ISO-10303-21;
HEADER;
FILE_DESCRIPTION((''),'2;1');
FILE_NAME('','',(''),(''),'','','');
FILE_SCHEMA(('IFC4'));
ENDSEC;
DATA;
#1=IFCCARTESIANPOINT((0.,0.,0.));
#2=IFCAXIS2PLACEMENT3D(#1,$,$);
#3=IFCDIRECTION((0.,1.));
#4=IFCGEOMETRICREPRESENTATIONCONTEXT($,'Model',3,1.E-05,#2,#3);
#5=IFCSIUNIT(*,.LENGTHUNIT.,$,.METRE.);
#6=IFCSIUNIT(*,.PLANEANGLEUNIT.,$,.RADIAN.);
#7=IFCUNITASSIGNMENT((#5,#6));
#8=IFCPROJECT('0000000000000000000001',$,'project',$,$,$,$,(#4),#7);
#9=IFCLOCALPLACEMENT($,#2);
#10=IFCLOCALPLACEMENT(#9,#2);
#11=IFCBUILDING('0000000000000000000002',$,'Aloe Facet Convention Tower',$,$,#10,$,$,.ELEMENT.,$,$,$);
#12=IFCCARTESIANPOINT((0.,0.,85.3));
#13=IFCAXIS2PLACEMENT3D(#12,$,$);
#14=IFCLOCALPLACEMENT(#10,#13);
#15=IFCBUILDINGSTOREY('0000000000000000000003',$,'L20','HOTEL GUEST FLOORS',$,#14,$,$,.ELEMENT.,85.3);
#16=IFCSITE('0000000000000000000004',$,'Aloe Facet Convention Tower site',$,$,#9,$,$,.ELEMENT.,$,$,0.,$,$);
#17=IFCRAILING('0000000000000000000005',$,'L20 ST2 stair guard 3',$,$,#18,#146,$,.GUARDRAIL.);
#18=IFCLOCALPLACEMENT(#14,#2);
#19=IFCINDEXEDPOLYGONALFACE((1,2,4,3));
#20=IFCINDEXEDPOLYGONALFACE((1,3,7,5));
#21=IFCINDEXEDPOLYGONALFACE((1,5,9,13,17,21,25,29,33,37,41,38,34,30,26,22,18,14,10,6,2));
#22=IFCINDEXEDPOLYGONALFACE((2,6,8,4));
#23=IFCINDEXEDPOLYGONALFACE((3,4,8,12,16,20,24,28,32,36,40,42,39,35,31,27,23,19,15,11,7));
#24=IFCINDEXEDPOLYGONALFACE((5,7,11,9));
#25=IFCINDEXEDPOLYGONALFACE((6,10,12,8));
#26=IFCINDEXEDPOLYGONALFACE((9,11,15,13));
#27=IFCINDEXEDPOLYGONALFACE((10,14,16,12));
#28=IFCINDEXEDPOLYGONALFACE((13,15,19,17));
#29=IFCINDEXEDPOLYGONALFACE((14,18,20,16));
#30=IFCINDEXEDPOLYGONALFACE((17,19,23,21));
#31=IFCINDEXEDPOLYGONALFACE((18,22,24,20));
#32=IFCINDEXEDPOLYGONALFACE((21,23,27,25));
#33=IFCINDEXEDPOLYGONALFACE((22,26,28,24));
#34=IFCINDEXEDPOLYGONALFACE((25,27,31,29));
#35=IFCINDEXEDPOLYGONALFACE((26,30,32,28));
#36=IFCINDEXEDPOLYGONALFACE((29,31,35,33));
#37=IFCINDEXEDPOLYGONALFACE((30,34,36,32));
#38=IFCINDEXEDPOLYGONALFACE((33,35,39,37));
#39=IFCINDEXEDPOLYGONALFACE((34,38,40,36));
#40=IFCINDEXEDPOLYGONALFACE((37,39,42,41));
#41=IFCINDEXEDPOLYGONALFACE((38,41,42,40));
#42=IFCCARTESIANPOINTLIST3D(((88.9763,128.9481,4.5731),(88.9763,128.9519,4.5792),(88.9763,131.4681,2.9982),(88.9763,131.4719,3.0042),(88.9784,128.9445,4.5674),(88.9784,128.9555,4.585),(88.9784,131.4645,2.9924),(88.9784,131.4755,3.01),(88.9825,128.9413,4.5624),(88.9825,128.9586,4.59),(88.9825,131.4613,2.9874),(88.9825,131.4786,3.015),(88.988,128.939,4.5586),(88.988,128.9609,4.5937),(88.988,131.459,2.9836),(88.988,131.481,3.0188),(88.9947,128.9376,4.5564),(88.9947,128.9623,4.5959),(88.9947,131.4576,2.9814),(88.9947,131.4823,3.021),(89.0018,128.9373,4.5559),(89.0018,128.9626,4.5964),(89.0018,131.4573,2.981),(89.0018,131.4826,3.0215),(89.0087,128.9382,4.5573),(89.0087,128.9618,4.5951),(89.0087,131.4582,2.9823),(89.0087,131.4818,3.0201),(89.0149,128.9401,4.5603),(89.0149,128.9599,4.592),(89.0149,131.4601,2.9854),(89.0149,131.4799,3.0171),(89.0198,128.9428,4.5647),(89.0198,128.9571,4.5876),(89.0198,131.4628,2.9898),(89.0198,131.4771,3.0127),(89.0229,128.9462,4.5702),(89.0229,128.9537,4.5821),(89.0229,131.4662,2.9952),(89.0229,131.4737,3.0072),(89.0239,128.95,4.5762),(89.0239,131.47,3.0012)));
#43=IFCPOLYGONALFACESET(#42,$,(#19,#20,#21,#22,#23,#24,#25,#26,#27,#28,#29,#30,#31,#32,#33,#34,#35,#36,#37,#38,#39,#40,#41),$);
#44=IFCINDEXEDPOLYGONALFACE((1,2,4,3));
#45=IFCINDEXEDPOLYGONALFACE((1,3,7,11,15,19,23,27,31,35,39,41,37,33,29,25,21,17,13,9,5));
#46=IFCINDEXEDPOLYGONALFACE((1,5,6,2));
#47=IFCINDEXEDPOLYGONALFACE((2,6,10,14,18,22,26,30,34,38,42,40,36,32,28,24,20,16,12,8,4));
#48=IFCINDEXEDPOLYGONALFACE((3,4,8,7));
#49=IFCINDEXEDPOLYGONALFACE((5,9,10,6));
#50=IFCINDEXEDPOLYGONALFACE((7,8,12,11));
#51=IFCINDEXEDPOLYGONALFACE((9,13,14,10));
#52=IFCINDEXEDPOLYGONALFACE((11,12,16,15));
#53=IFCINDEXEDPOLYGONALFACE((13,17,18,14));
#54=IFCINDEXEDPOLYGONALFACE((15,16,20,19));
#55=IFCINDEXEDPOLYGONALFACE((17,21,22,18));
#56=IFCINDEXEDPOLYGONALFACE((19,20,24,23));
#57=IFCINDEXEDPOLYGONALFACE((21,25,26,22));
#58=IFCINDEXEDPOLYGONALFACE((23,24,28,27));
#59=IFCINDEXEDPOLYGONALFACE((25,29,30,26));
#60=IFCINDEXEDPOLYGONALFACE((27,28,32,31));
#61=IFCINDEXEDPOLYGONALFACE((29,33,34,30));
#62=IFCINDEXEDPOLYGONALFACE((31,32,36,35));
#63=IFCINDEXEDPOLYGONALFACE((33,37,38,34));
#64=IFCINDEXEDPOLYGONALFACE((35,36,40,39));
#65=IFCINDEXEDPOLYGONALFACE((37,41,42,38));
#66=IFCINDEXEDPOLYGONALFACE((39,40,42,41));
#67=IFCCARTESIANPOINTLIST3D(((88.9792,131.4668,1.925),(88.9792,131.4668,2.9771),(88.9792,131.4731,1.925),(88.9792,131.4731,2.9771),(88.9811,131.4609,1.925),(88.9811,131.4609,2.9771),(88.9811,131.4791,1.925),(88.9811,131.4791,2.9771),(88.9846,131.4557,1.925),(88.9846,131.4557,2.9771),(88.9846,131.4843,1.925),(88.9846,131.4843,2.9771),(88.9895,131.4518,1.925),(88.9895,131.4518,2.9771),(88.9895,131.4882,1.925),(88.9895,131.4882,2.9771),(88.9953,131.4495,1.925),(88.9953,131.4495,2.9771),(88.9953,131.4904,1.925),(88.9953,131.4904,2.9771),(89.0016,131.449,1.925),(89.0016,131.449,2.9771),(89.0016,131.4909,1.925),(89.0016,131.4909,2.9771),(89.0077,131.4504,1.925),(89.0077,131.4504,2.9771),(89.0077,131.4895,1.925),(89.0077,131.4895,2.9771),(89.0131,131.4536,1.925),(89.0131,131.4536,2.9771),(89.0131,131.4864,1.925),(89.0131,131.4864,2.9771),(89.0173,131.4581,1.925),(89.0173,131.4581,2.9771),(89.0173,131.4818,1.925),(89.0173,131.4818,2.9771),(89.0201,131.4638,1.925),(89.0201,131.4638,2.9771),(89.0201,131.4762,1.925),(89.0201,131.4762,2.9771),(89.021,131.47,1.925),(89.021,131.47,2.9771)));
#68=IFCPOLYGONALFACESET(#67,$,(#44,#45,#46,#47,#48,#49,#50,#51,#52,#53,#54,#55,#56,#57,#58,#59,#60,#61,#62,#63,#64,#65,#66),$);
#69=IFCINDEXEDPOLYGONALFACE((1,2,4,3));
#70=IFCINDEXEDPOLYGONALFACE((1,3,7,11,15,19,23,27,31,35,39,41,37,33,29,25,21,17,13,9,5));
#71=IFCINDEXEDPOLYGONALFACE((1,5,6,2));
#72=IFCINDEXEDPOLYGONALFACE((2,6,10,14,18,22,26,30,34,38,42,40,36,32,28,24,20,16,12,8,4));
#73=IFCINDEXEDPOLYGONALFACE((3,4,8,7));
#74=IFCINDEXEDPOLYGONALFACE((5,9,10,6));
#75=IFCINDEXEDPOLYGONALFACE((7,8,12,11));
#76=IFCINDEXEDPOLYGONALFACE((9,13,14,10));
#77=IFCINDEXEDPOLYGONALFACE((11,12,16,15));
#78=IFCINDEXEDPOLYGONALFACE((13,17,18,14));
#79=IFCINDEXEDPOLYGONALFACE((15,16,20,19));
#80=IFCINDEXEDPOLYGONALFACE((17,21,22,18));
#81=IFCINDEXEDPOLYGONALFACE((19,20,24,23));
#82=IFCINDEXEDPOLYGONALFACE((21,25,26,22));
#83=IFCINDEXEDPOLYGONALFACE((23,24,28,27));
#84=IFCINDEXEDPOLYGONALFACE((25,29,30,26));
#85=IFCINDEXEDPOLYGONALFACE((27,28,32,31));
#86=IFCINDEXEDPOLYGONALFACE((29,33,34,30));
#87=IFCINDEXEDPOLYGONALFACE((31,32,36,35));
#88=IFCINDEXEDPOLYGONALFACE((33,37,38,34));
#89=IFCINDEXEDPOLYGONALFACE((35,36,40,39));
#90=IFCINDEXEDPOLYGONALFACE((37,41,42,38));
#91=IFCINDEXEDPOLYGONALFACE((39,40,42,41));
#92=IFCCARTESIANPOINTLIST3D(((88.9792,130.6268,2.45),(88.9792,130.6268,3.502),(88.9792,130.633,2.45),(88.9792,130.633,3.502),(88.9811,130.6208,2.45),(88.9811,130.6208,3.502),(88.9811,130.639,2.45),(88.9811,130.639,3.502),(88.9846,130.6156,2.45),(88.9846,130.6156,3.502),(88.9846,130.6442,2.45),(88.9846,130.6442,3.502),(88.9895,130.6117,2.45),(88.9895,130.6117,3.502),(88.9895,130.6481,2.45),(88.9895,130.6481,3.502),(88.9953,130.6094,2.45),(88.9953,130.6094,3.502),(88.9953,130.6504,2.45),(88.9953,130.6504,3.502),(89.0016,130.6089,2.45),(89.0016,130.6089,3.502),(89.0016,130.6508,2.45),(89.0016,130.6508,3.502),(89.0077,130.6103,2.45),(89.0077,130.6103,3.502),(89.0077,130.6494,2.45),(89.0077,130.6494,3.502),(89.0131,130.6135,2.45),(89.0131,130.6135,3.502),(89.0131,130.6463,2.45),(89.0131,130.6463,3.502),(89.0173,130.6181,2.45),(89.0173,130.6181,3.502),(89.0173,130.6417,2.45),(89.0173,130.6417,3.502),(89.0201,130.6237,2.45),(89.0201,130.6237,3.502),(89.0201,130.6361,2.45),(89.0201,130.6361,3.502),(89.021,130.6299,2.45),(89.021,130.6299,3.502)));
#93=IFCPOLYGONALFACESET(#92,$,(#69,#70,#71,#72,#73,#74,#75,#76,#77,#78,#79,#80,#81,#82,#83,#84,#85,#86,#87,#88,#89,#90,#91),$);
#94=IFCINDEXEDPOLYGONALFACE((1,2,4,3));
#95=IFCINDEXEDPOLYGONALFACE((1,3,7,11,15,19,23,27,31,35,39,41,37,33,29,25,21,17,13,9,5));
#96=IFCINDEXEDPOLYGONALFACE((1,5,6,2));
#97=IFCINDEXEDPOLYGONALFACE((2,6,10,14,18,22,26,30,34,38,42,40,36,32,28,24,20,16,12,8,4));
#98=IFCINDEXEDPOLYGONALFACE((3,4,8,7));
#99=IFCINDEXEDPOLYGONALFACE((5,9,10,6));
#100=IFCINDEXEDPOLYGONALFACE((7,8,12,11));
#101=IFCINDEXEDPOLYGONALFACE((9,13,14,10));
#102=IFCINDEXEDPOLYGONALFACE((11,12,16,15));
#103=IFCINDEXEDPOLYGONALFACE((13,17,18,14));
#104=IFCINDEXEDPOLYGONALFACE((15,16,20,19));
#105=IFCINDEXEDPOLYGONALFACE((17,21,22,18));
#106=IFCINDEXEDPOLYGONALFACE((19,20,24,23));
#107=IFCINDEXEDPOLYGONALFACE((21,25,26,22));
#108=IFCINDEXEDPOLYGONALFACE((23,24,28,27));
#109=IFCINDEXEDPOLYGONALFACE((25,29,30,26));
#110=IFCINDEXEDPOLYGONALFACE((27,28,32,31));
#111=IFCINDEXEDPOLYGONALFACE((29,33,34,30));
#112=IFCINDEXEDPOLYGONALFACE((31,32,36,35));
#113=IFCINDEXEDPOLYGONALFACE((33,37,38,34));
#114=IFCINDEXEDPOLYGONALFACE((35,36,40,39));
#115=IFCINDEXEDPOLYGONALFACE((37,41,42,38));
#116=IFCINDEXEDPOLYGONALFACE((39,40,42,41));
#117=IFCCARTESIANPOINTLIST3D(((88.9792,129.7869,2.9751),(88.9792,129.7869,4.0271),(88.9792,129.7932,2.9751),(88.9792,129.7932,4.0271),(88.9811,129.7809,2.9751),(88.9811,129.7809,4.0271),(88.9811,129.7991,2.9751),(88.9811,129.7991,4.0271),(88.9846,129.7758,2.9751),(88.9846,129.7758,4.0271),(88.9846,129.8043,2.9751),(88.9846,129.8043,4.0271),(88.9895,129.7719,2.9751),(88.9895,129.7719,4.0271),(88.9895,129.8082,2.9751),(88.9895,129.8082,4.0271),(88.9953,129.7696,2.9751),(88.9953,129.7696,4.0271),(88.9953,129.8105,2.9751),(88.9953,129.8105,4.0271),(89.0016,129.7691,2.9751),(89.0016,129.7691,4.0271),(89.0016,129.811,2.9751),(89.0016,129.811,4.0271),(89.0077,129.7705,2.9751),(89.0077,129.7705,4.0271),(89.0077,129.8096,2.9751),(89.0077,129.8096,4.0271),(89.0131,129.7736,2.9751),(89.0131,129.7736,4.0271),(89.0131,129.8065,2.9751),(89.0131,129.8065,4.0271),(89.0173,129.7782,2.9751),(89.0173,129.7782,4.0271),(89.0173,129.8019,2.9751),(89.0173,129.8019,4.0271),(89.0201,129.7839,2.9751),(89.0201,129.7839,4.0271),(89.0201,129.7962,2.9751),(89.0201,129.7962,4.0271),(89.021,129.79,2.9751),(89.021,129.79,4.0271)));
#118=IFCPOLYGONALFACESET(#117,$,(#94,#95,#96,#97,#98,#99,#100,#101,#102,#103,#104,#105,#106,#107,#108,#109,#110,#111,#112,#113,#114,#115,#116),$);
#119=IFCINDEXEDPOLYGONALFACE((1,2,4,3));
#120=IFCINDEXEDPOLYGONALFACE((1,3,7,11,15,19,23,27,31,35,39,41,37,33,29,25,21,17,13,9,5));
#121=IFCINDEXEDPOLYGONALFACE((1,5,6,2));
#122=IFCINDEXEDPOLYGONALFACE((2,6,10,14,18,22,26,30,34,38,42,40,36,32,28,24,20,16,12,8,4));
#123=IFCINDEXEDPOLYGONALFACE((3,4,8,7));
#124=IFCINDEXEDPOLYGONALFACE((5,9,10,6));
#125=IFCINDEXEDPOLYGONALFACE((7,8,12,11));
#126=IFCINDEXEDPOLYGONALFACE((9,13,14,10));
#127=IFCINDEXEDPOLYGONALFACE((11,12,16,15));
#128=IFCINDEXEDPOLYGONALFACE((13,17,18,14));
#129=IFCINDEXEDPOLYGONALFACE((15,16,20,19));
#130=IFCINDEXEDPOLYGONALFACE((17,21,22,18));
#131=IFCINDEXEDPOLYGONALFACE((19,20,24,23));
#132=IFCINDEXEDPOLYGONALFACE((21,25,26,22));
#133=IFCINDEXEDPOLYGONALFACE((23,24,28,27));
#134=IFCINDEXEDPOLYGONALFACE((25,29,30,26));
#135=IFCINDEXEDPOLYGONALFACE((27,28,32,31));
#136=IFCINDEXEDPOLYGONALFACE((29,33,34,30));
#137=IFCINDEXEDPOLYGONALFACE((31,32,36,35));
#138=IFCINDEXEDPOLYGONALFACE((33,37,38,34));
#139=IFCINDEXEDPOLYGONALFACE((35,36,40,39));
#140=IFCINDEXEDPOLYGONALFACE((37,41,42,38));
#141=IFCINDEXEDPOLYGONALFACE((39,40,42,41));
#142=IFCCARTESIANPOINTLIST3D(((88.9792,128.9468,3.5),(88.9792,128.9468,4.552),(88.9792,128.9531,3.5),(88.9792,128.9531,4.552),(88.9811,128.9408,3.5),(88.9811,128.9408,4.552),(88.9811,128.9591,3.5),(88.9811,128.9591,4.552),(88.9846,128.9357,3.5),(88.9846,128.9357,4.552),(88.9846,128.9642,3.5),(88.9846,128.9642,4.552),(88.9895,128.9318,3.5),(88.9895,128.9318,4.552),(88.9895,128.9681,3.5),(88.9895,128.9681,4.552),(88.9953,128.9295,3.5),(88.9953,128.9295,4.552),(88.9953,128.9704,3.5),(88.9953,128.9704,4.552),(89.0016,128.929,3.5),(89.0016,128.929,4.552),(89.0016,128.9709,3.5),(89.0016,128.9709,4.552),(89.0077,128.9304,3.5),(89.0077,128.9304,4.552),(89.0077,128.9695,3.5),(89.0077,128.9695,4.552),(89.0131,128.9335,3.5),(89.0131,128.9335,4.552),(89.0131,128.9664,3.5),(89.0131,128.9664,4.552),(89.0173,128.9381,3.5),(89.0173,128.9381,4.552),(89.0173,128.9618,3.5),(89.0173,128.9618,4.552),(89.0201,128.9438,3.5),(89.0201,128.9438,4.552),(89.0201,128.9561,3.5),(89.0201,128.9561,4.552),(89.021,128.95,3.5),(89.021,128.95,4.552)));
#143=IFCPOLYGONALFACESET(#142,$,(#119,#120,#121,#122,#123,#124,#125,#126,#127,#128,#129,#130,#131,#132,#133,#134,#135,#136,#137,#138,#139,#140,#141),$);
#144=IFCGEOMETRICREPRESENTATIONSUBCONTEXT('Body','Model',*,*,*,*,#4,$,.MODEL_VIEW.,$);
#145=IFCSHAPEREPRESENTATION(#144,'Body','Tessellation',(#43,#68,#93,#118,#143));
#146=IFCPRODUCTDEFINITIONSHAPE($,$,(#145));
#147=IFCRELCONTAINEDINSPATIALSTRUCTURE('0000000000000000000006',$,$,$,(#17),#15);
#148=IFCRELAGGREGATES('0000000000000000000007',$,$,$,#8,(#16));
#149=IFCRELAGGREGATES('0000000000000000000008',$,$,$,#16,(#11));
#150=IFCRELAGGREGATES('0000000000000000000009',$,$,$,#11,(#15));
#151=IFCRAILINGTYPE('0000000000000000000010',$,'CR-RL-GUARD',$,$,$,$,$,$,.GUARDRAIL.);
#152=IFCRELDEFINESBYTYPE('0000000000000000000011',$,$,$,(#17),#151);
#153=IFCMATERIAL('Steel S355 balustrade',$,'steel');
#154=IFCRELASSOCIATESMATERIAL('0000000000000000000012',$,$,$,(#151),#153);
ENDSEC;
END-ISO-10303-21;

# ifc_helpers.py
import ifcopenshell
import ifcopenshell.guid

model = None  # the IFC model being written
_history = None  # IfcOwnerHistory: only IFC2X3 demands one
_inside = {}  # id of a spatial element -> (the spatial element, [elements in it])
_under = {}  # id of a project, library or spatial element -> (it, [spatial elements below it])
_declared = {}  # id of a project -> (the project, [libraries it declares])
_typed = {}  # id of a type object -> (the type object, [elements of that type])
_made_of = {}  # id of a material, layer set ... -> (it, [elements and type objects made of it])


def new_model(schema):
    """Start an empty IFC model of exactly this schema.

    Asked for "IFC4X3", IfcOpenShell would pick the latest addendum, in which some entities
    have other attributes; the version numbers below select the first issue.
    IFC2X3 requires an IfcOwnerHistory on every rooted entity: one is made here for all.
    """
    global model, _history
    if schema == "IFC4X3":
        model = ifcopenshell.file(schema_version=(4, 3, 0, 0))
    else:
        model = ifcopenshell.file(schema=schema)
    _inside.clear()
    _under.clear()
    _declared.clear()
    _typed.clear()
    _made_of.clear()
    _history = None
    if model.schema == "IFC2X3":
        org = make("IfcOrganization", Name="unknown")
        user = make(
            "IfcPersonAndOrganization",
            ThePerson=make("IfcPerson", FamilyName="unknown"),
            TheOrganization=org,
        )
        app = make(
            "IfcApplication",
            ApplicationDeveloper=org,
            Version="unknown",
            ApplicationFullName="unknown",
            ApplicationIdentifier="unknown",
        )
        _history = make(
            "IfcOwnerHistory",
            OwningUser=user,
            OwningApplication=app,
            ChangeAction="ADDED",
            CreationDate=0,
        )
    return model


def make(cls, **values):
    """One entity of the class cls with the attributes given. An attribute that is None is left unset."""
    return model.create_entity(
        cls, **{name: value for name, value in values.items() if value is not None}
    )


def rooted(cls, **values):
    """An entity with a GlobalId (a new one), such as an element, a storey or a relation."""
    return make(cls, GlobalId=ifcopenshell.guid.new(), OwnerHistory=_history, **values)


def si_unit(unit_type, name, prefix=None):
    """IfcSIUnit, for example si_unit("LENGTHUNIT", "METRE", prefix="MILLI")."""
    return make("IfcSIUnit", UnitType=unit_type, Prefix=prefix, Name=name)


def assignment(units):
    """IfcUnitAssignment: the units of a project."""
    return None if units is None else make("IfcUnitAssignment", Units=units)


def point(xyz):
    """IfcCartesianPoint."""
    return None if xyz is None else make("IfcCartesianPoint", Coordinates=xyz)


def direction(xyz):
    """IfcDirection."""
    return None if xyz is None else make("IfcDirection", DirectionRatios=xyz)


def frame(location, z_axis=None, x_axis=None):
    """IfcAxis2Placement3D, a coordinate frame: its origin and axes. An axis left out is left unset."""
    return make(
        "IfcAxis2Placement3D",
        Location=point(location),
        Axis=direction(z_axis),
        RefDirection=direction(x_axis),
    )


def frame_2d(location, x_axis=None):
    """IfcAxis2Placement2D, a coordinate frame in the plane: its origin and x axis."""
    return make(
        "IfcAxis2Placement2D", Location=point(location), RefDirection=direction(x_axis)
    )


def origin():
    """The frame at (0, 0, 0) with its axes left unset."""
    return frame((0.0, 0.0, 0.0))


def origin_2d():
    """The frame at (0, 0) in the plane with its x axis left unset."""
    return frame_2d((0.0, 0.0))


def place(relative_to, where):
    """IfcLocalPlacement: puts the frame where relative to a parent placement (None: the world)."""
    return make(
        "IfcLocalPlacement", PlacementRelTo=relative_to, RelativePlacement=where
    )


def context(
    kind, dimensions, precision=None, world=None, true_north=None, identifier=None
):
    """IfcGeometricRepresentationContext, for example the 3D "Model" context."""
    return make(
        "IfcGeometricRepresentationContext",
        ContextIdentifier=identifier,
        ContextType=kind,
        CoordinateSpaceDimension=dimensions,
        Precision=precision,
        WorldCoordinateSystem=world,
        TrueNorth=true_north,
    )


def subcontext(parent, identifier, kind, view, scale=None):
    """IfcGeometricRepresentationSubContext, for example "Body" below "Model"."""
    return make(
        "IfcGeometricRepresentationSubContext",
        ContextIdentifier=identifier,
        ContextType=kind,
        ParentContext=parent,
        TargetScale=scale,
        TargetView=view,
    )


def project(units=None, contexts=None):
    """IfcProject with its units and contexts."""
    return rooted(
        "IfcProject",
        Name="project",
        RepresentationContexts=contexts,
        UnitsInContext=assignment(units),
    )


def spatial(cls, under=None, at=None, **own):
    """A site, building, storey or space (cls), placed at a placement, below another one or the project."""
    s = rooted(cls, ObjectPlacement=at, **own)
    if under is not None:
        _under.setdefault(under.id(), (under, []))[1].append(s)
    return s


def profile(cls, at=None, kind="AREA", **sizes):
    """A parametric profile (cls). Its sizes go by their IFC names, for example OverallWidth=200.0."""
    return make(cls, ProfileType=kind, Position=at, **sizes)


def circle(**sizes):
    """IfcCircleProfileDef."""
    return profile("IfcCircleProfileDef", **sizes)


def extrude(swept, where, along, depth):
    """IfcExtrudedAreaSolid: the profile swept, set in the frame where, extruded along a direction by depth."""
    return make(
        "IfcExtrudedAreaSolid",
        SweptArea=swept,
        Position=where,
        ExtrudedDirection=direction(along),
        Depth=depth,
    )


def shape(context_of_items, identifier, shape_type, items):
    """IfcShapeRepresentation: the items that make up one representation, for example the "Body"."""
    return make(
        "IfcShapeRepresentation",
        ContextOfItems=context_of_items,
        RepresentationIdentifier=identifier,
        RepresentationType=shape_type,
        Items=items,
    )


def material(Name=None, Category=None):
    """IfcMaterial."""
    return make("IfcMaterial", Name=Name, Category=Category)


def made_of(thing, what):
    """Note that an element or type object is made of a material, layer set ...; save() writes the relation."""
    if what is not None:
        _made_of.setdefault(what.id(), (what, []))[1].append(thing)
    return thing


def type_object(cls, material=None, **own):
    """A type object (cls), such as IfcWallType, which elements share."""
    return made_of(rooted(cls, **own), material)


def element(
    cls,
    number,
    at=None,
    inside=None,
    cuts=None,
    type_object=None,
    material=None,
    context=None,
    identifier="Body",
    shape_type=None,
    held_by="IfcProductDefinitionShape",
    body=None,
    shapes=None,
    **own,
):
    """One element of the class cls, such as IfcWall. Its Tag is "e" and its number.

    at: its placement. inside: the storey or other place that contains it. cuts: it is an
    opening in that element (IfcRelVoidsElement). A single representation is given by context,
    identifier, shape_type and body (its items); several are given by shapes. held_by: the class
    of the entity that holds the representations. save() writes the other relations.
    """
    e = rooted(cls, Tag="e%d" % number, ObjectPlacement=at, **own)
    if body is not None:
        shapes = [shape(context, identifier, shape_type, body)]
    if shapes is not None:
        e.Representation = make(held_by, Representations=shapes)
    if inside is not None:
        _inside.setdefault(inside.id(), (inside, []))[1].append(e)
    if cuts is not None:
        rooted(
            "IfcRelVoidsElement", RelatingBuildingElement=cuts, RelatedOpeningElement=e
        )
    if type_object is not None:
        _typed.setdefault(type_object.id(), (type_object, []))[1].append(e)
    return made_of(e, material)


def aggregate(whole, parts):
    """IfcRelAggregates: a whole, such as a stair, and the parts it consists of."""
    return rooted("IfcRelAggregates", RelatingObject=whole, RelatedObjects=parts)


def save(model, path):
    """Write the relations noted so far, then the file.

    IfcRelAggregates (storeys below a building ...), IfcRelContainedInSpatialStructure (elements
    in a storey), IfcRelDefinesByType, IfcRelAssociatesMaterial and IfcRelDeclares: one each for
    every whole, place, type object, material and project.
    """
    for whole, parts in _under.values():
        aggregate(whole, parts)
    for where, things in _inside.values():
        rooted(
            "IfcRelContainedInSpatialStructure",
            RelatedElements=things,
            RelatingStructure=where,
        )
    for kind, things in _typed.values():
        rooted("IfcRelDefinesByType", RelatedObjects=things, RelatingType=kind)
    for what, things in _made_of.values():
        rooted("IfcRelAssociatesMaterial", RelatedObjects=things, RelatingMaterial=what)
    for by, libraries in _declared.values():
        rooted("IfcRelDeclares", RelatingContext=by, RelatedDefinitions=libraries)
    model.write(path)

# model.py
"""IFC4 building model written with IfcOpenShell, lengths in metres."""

from ifc_helpers import new_model, si_unit, direction, frame, origin, origin_2d, place, context, subcontext, project, spatial, circle, extrude, material, type_object, element, save


model = new_model("IFC4")

# Units and contexts
model_context = context("Model", 3, precision=1e-05, world=origin(), true_north=direction((0.0, 1.0)))
body_context = subcontext(model_context, "Body", "Model", "MODEL_VIEW")
ifc_project = project(units=[si_unit("LENGTHUNIT", "METRE"), si_unit("PLANEANGLEUNIT", "RADIAN")], contexts=[model_context])

# Site, building, storey
site_placement = place(None, origin())
site = spatial("IfcSite", under=ifc_project, at=site_placement, Name="Aloe Facet Convention Tower site", CompositionType="ELEMENT", RefElevation=0.0)
building_placement = place(site_placement, origin())
building = spatial("IfcBuilding", under=site, at=building_placement, Name="Aloe Facet Convention Tower", CompositionType="ELEMENT")
storey_placement = place(building_placement, frame((0.0, 0.0, 85.3)))
storey = spatial("IfcBuildingStorey", under=building, at=storey_placement, Name="L20", Description="HOTEL GUEST FLOORS", CompositionType="ELEMENT", Elevation=85.3)

# Railing
ifc_material_1 = material(Name="Steel S355 balustrade", Category="steel")
railing_type_1 = type_object("IfcRailingType", Name="CR-RL-GUARD", PredefinedType="GUARDRAIL", material=ifc_material_1)
railing_1_placement = place(storey_placement, frame((89.0, 131.47, 1.925)))
element("IfcRailing", 1, at=railing_1_placement, inside=storey, type_object=railing_type_1, Name="L20 ST2 stair guard 3", PredefinedType="GUARDRAIL", context=body_context, shape_type="SweptSolid", body=[
    extrude(circle(Radius=0.0239, at=origin_2d()), frame((0.0, 0.0, 1.0762), z_axis=(0.0, -0.848008, 0.529984), x_axis=(1.0, 0.0, 0.0)), (0.0, 0.0, 1.0), 2.9717),
    extrude(circle(Radius=0.021, at=origin_2d()), origin(), (0.0, 0.0, 1.0), 1.052),
    extrude(circle(Radius=0.021, at=origin_2d()), frame((0.0, -0.8401, 0.5249)), (0.0, 0.0, 1.0), 1.052),
    extrude(circle(Radius=0.021, at=origin_2d()), frame((0.0, -1.6799, 1.05)), (0.0, 0.0, 1.0), 1.052),
    extrude(circle(Radius=0.021, at=origin_2d()), frame((0.0, -2.52, 1.575)), (0.0, 0.0, 1.0), 1.052),
])

save(model, "model.ifc")
